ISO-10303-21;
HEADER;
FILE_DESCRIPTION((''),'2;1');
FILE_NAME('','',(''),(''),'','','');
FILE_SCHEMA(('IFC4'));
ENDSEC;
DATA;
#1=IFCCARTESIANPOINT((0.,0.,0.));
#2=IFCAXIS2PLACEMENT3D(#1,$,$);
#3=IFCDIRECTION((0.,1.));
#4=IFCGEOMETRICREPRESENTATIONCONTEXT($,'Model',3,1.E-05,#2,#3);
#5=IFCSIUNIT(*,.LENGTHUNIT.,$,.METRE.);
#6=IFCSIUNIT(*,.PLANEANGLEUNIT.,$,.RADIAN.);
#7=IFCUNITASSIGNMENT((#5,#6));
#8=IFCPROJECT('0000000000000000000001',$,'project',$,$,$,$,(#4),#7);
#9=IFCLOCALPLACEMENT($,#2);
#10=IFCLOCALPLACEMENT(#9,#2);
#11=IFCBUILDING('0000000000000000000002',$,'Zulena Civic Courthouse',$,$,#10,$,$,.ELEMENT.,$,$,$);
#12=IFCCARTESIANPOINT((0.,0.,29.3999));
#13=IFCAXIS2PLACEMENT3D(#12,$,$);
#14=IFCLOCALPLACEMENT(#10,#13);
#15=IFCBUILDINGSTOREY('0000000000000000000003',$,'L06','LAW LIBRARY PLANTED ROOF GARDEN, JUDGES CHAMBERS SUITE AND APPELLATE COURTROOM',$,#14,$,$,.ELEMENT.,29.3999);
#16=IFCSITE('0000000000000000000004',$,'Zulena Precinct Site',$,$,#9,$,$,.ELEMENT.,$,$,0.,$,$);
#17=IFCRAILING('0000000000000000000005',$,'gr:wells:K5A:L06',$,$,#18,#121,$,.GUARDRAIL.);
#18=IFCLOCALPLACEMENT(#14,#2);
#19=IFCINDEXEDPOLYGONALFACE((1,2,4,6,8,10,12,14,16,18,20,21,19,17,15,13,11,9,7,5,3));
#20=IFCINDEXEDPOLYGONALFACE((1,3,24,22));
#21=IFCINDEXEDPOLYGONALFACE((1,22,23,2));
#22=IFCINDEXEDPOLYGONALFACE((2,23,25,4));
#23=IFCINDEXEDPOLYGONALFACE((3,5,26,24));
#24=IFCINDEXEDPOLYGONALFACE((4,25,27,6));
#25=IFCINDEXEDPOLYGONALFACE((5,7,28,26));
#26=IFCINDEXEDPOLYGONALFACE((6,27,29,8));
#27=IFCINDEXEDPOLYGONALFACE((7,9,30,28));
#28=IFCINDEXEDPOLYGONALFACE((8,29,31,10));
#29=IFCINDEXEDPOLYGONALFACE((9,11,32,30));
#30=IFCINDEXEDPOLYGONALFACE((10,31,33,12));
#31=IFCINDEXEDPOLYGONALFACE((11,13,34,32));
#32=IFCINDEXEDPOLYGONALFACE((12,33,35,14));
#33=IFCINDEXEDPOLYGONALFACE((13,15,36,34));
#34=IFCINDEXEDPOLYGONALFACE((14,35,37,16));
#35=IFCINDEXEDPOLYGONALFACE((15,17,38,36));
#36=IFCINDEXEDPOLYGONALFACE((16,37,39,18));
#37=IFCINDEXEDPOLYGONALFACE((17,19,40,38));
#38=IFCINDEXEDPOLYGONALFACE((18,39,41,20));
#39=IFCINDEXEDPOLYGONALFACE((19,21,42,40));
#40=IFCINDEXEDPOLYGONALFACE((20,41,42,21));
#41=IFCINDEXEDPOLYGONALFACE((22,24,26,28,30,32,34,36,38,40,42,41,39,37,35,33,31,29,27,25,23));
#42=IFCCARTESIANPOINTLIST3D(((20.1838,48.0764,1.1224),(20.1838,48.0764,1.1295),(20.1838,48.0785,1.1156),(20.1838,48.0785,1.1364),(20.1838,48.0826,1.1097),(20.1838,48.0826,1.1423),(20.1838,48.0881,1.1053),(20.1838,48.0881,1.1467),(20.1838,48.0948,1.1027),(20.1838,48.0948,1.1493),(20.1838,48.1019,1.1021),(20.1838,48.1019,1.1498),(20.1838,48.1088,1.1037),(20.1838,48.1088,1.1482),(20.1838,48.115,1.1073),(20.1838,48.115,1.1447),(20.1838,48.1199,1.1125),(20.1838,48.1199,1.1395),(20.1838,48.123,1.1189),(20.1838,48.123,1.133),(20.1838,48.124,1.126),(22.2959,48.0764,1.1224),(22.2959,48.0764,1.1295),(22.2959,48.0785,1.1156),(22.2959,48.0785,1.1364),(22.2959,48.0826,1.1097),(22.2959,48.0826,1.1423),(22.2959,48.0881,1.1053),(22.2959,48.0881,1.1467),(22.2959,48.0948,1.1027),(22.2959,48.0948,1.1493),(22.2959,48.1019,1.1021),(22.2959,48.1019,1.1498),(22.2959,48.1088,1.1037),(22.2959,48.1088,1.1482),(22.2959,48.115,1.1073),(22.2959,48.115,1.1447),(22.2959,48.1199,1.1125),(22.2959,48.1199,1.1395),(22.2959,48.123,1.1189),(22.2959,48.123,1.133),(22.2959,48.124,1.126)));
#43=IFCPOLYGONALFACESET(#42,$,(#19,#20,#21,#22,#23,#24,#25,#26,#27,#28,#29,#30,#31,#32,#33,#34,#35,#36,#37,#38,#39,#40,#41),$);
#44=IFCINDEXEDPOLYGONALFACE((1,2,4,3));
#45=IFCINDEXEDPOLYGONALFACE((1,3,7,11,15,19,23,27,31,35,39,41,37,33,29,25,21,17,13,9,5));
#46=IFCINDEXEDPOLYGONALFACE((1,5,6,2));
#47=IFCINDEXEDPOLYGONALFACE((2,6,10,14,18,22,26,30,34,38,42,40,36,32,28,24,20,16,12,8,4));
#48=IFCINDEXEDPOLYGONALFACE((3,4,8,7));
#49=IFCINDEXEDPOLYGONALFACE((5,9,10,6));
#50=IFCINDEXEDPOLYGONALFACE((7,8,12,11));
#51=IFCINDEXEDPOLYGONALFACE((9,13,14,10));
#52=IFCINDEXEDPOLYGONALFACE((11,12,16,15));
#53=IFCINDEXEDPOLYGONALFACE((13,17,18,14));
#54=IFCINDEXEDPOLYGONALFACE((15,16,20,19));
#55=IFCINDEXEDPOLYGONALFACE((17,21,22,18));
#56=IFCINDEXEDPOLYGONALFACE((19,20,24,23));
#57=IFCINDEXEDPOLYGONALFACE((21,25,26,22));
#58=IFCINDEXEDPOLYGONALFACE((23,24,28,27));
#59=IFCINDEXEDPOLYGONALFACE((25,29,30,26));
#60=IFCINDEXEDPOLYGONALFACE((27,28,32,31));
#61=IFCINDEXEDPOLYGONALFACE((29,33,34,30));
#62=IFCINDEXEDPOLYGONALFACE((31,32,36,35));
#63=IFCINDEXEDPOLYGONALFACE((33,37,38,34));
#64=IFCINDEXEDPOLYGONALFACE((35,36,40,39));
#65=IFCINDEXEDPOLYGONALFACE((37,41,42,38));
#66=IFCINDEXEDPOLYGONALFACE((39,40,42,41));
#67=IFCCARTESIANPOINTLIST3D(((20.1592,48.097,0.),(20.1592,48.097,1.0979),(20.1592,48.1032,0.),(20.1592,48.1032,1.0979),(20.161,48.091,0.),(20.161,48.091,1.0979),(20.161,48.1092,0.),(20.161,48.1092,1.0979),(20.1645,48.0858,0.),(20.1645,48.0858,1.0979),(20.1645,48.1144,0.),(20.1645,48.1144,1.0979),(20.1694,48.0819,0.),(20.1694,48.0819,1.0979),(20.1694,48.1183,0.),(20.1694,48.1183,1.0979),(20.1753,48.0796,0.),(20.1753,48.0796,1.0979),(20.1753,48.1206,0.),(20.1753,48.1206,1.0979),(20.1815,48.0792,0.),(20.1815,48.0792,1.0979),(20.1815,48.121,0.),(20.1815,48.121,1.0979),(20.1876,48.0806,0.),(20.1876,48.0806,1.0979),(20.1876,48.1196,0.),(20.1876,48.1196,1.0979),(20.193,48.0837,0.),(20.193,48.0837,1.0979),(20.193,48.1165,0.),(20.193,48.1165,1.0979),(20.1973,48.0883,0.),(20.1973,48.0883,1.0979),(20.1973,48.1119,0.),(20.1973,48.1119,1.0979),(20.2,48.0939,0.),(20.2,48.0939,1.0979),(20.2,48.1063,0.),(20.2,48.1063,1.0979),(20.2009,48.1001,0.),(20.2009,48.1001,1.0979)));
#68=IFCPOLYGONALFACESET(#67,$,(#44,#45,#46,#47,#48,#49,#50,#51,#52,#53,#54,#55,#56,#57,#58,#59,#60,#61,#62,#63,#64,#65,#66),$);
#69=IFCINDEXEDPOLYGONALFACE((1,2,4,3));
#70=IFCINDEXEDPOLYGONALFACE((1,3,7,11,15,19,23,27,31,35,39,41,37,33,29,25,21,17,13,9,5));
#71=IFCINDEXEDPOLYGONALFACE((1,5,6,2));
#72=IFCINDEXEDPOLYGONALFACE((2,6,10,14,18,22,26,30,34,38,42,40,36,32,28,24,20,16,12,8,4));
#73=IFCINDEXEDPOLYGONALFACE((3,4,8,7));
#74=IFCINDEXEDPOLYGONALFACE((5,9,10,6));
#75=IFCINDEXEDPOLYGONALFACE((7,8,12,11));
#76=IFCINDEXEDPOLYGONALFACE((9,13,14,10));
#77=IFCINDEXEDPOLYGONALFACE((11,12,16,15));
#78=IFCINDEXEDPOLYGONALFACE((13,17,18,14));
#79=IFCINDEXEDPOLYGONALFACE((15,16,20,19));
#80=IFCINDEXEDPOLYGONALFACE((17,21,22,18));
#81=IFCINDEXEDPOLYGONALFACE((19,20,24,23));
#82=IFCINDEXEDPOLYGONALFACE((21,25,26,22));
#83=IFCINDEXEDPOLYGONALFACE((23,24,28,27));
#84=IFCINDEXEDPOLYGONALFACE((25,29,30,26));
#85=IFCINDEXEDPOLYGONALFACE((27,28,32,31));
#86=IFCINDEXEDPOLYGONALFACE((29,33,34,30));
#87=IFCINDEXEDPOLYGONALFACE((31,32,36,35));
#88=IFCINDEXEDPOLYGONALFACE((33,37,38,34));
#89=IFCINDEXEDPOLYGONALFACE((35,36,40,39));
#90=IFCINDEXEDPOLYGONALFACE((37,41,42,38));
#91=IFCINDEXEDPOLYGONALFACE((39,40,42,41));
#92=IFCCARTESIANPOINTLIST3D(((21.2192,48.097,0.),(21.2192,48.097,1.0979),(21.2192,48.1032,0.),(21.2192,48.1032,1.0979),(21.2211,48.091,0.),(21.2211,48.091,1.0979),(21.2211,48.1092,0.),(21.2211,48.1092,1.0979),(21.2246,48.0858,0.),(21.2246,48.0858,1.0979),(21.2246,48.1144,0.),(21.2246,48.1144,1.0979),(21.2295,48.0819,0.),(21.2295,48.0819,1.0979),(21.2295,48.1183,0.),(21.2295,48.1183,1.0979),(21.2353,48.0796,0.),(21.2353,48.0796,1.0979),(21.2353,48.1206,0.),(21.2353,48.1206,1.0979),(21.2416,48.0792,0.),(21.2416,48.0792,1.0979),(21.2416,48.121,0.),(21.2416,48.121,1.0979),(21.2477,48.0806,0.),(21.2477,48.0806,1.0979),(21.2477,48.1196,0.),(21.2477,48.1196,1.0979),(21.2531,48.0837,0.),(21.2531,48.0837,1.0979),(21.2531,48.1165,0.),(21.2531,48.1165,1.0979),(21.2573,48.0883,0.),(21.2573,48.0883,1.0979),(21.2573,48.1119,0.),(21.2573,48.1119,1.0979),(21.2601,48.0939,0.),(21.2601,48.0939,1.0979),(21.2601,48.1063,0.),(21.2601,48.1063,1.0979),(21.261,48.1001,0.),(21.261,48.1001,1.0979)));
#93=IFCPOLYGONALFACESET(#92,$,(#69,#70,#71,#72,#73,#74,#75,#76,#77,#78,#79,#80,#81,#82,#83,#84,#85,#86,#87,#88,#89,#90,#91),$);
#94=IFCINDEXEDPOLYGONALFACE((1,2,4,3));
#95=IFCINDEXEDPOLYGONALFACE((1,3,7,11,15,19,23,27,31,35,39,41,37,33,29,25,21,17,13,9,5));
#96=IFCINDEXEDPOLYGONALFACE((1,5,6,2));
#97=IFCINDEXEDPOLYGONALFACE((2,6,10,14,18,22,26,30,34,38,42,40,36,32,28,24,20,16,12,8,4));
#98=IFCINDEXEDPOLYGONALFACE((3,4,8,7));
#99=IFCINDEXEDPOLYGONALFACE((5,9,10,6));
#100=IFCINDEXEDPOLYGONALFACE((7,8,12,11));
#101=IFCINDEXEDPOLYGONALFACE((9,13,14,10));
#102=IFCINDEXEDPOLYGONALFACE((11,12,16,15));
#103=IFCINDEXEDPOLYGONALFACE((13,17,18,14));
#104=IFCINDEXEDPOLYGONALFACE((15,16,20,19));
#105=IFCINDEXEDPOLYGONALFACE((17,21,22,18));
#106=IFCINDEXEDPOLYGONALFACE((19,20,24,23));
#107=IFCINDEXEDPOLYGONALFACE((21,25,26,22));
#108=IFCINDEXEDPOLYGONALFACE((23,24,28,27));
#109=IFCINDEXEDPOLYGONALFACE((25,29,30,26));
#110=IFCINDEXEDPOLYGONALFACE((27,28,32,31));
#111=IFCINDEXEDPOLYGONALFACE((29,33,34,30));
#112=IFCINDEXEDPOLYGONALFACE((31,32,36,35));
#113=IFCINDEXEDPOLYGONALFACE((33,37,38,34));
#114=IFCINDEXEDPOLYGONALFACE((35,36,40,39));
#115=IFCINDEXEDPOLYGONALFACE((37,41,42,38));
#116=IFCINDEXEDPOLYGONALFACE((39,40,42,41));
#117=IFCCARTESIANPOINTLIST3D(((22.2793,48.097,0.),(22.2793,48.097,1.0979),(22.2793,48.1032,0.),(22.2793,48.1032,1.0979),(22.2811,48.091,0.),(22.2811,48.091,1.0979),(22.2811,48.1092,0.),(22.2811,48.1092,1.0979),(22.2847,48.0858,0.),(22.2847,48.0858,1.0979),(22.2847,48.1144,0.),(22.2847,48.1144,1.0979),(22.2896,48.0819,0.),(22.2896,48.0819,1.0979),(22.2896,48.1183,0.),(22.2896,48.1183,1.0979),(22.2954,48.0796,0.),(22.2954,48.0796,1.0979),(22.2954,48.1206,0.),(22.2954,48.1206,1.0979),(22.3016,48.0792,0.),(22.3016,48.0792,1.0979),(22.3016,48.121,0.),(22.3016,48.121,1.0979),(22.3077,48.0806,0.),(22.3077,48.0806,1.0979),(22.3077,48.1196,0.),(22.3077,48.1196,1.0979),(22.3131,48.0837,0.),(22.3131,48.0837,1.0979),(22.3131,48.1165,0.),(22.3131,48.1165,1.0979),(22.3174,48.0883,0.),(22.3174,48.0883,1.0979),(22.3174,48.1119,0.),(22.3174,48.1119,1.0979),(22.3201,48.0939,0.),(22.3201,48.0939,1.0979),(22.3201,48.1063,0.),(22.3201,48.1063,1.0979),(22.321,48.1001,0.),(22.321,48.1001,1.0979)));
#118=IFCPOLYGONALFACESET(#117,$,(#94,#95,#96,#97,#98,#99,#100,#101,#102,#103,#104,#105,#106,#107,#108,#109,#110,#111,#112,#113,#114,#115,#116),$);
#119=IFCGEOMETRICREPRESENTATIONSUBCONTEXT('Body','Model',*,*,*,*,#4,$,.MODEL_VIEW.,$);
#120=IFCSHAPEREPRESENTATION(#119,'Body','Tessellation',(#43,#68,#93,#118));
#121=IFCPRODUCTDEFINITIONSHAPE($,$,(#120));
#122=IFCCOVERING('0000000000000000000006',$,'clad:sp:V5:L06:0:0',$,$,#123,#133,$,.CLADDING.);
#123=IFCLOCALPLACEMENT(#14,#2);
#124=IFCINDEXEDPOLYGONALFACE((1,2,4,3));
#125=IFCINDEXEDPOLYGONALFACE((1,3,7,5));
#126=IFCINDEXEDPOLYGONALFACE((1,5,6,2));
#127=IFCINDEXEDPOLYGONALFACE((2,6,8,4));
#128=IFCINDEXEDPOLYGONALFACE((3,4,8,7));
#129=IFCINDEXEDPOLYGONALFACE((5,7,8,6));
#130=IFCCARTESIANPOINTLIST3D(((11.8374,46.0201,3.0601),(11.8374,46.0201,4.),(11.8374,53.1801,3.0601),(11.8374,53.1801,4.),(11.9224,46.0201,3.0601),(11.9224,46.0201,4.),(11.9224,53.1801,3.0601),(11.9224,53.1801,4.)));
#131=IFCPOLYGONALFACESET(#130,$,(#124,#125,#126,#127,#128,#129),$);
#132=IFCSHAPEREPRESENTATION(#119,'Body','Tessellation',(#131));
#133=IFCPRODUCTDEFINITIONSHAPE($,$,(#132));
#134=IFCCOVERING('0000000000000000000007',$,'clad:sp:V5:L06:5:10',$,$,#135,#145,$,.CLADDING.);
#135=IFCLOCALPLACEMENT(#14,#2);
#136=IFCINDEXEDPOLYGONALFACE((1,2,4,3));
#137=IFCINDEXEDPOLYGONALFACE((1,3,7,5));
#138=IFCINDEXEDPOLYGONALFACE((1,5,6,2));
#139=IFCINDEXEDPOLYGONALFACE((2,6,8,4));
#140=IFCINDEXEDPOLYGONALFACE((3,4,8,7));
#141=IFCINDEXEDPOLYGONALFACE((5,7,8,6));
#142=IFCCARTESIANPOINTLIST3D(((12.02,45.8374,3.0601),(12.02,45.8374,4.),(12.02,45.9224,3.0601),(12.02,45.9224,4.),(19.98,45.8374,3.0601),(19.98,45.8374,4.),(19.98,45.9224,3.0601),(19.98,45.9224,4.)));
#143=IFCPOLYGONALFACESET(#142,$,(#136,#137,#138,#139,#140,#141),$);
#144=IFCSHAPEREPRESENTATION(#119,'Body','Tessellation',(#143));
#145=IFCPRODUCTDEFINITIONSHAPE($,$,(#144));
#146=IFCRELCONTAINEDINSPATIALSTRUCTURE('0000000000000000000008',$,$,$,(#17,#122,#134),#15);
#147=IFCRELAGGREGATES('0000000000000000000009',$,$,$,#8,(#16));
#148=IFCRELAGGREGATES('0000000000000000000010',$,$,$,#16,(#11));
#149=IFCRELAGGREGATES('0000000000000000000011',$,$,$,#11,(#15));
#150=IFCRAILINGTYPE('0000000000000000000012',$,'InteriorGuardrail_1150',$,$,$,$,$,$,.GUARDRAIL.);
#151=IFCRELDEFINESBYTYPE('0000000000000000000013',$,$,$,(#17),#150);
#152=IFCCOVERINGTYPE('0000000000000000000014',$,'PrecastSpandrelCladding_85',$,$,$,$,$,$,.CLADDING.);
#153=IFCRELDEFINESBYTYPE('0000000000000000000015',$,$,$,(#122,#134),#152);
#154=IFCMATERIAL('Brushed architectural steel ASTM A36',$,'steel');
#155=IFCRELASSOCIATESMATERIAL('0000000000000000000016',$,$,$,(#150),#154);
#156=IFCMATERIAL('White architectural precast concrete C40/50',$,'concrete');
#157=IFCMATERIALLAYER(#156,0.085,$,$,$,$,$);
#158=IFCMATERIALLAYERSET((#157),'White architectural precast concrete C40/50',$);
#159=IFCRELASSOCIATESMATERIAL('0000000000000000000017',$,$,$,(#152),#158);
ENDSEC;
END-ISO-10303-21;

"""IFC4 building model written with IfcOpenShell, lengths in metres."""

from ifc_helpers import new_model, si_unit, direction, frame, origin, origin_2d, place, context, subcontext, project, spatial, rectangle, circle, extrude, material, layer, layer_set, type_object, element, save


model = new_model("IFC4")

# Units and contexts
model_context = context("Model", 3, precision=1e-05, world=origin(), true_north=direction((0.0, 1.0)))
body_context = subcontext(model_context, "Body", "Model", "MODEL_VIEW")
ifc_project = project(units=[si_unit("LENGTHUNIT", "METRE"), si_unit("PLANEANGLEUNIT", "RADIAN")], contexts=[model_context])

# Site, building, storey
site_placement = place(None, origin())
site = spatial("IfcSite", under=ifc_project, at=site_placement, Name="Zulena Precinct Site", CompositionType="ELEMENT", RefElevation=0.0)
building_placement = place(site_placement, origin())
building = spatial("IfcBuilding", under=site, at=building_placement, Name="Zulena Civic Courthouse", CompositionType="ELEMENT")
storey_placement = place(building_placement, frame((0.0, 0.0, 29.3999)))
storey = spatial("IfcBuildingStorey", under=building, at=storey_placement, Name="L06", Description="LAW LIBRARY PLANTED ROOF GARDEN, JUDGES CHAMBERS SUITE AND APPELLATE COURTROOM", CompositionType="ELEMENT", Elevation=29.3999)

# Railing
ifc_material_1 = material(Name="Brushed architectural steel ASTM A36", Category="steel")
railing_type_1 = type_object("IfcRailingType", Name="InteriorGuardrail_1150", PredefinedType="GUARDRAIL", material=ifc_material_1)
railing_1_placement = place(storey_placement, frame((20.1799, 48.1001, 0.0)))
element("IfcRailing", 1, at=railing_1_placement, inside=storey, type_object=railing_type_1, Name="gr:wells:K5A:L06", PredefinedType="GUARDRAIL", context=body_context, shape_type="SweptSolid", body=[
    extrude(circle(Radius=0.0239, at=origin_2d()), frame((0.0039, 0.0, 1.126), z_axis=(1.0, 0.0, 0.0), x_axis=(0.0, 1.0, 0.0)), (0.0, 0.0, 1.0), 2.1121),
    extrude(circle(Radius=0.021, at=origin_2d()), origin(), (0.0, 0.0, 1.0), 1.0979),
    extrude(circle(Radius=0.021, at=origin_2d()), frame((1.0601, 0.0, 0.0)), (0.0, 0.0, 1.0), 1.0979),
    extrude(circle(Radius=0.021, at=origin_2d()), frame((2.1201, 0.0, 0.0)), (0.0, 0.0, 1.0), 1.0979),
])

# Coverings
ifc_material_2 = material(Name="White architectural precast concrete C40/50", Category="concrete")
ifc_layer_1 = layer(ifc_material_2, 0.085)
ifc_layer_set_1 = layer_set([ifc_layer_1], Name="White architectural precast concrete C40/50")
covering_type = type_object("IfcCoveringType", Name="PrecastSpandrelCladding_85", PredefinedType="CLADDING", material=ifc_layer_set_1)
covering_1_placement = place(storey_placement, frame((11.8799, 49.6001, 3.0601), z_axis=(0.0, 0.0, 1.0), x_axis=(0.0, 1.0, 0.0)))
element("IfcCovering", 2, at=covering_1_placement, inside=storey, type_object=covering_type, Name="clad:sp:V5:L06:0:0", PredefinedType="CLADDING", context=body_context, shape_type="SweptSolid", body=[
    extrude(rectangle(XDim=7.1599, YDim=0.085, at=origin_2d()), origin(), (0.0, 0.0, 1.0), 0.9399),
])
covering_2_placement = place(storey_placement, frame((16.0, 45.8799, 3.0601), z_axis=(0.0, 0.0, 1.0), x_axis=(-1.0, 0.0, 0.0)))
element("IfcCovering", 3, at=covering_2_placement, inside=storey, type_object=covering_type, Name="clad:sp:V5:L06:5:10", PredefinedType="CLADDING", context=body_context, shape_type="SweptSolid", body=[
    extrude(rectangle(XDim=7.96, YDim=0.085, at=origin_2d()), origin(), (0.0, 0.0, 1.0), 0.9399),
])

save(model, "model.ifc")
